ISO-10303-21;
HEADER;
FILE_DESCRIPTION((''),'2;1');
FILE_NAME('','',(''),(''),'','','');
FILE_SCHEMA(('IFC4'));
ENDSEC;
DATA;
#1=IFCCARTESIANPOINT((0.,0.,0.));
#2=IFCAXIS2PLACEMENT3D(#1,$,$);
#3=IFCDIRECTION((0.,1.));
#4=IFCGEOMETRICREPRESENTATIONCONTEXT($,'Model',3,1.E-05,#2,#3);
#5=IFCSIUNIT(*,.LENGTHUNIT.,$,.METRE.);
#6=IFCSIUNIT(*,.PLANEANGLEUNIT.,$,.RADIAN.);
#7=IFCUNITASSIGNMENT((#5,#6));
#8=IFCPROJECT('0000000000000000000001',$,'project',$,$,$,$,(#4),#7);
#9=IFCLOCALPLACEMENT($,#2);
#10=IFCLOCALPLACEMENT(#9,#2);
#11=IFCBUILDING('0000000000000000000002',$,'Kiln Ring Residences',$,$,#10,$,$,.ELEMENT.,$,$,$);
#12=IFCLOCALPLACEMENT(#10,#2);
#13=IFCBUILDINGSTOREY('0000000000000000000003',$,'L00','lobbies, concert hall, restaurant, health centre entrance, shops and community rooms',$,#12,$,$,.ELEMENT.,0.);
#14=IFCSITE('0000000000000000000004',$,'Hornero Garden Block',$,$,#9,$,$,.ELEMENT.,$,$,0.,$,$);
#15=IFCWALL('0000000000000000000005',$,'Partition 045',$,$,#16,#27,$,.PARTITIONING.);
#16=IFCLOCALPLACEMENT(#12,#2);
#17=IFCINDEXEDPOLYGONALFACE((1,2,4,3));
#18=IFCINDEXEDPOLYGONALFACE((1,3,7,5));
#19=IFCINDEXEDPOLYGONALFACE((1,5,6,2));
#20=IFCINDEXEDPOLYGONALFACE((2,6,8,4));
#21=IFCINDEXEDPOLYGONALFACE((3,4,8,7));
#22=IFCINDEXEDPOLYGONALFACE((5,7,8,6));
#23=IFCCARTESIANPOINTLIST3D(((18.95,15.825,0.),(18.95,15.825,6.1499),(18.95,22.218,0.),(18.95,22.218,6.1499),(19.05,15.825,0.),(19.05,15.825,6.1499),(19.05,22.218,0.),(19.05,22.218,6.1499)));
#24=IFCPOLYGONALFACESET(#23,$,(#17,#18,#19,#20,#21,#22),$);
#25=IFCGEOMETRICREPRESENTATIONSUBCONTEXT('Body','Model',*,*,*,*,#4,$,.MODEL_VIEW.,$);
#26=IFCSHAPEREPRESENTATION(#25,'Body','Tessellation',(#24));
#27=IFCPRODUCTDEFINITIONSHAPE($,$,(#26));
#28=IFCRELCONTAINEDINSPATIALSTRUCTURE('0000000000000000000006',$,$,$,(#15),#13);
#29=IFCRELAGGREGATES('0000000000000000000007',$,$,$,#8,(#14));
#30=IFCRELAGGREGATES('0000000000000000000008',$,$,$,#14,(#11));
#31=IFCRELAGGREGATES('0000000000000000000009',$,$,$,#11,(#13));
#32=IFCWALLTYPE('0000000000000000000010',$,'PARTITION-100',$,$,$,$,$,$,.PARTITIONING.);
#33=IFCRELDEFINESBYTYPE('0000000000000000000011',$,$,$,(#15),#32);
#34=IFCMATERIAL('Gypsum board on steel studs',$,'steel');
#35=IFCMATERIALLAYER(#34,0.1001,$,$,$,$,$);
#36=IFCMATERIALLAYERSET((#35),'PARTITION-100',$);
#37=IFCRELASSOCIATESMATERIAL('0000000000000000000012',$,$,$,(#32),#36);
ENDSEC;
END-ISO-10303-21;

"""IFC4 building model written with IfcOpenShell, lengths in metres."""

from ifc_helpers import new_model, si_unit, direction, frame, frame_2d, origin, place, context, subcontext, project, spatial, rectangle, extrude, material, layer, layer_set, type_object, element, save


model = new_model("IFC4")

# Units and contexts
model_context = context("Model", 3, precision=1e-05, world=origin(), true_north=direction((0.0, 1.0)))
body_context = subcontext(model_context, "Body", "Model", "MODEL_VIEW")
ifc_project = project(units=[si_unit("LENGTHUNIT", "METRE"), si_unit("PLANEANGLEUNIT", "RADIAN")], contexts=[model_context])

# Site, building, storey
site_placement = place(None, origin())
site = spatial("IfcSite", under=ifc_project, at=site_placement, Name="Hornero Garden Block", CompositionType="ELEMENT", RefElevation=0.0)
building_placement = place(site_placement, origin())
building = spatial("IfcBuilding", under=site, at=building_placement, Name="Kiln Ring Residences", CompositionType="ELEMENT")
storey_placement = place(building_placement, origin())
storey = spatial("IfcBuildingStorey", under=building, at=storey_placement, Name="L00", Description="lobbies, concert hall, restaurant, health centre entrance, shops and community rooms", CompositionType="ELEMENT", Elevation=0.0)

# Wall
ifc_material_1 = material(Name="Gypsum board on steel studs", Category="steel")
ifc_layer_1 = layer(ifc_material_1, 0.1001)
ifc_layer_set_1 = layer_set([ifc_layer_1], Name="PARTITION-100")
wall_type_1 = type_object("IfcWallType", Name="PARTITION-100", PredefinedType="PARTITIONING", material=ifc_layer_set_1)
wall_1_placement = place(storey_placement, frame((19.0, 15.825, 0.0), z_axis=(0.0, 0.0, 1.0), x_axis=(0.0, 1.0, 0.0)))
element("IfcWall", 1, at=wall_1_placement, inside=storey, type_object=wall_type_1, Name="Partition 045", PredefinedType="PARTITIONING", context=body_context, shape_type="SweptSolid", body=[
    extrude(rectangle(XDim=6.3931, YDim=0.1001, at=frame_2d((3.1965, 0.0))), origin(), (0.0, 0.0, 1.0), 6.1499),
])

save(model, "model.ifc")
